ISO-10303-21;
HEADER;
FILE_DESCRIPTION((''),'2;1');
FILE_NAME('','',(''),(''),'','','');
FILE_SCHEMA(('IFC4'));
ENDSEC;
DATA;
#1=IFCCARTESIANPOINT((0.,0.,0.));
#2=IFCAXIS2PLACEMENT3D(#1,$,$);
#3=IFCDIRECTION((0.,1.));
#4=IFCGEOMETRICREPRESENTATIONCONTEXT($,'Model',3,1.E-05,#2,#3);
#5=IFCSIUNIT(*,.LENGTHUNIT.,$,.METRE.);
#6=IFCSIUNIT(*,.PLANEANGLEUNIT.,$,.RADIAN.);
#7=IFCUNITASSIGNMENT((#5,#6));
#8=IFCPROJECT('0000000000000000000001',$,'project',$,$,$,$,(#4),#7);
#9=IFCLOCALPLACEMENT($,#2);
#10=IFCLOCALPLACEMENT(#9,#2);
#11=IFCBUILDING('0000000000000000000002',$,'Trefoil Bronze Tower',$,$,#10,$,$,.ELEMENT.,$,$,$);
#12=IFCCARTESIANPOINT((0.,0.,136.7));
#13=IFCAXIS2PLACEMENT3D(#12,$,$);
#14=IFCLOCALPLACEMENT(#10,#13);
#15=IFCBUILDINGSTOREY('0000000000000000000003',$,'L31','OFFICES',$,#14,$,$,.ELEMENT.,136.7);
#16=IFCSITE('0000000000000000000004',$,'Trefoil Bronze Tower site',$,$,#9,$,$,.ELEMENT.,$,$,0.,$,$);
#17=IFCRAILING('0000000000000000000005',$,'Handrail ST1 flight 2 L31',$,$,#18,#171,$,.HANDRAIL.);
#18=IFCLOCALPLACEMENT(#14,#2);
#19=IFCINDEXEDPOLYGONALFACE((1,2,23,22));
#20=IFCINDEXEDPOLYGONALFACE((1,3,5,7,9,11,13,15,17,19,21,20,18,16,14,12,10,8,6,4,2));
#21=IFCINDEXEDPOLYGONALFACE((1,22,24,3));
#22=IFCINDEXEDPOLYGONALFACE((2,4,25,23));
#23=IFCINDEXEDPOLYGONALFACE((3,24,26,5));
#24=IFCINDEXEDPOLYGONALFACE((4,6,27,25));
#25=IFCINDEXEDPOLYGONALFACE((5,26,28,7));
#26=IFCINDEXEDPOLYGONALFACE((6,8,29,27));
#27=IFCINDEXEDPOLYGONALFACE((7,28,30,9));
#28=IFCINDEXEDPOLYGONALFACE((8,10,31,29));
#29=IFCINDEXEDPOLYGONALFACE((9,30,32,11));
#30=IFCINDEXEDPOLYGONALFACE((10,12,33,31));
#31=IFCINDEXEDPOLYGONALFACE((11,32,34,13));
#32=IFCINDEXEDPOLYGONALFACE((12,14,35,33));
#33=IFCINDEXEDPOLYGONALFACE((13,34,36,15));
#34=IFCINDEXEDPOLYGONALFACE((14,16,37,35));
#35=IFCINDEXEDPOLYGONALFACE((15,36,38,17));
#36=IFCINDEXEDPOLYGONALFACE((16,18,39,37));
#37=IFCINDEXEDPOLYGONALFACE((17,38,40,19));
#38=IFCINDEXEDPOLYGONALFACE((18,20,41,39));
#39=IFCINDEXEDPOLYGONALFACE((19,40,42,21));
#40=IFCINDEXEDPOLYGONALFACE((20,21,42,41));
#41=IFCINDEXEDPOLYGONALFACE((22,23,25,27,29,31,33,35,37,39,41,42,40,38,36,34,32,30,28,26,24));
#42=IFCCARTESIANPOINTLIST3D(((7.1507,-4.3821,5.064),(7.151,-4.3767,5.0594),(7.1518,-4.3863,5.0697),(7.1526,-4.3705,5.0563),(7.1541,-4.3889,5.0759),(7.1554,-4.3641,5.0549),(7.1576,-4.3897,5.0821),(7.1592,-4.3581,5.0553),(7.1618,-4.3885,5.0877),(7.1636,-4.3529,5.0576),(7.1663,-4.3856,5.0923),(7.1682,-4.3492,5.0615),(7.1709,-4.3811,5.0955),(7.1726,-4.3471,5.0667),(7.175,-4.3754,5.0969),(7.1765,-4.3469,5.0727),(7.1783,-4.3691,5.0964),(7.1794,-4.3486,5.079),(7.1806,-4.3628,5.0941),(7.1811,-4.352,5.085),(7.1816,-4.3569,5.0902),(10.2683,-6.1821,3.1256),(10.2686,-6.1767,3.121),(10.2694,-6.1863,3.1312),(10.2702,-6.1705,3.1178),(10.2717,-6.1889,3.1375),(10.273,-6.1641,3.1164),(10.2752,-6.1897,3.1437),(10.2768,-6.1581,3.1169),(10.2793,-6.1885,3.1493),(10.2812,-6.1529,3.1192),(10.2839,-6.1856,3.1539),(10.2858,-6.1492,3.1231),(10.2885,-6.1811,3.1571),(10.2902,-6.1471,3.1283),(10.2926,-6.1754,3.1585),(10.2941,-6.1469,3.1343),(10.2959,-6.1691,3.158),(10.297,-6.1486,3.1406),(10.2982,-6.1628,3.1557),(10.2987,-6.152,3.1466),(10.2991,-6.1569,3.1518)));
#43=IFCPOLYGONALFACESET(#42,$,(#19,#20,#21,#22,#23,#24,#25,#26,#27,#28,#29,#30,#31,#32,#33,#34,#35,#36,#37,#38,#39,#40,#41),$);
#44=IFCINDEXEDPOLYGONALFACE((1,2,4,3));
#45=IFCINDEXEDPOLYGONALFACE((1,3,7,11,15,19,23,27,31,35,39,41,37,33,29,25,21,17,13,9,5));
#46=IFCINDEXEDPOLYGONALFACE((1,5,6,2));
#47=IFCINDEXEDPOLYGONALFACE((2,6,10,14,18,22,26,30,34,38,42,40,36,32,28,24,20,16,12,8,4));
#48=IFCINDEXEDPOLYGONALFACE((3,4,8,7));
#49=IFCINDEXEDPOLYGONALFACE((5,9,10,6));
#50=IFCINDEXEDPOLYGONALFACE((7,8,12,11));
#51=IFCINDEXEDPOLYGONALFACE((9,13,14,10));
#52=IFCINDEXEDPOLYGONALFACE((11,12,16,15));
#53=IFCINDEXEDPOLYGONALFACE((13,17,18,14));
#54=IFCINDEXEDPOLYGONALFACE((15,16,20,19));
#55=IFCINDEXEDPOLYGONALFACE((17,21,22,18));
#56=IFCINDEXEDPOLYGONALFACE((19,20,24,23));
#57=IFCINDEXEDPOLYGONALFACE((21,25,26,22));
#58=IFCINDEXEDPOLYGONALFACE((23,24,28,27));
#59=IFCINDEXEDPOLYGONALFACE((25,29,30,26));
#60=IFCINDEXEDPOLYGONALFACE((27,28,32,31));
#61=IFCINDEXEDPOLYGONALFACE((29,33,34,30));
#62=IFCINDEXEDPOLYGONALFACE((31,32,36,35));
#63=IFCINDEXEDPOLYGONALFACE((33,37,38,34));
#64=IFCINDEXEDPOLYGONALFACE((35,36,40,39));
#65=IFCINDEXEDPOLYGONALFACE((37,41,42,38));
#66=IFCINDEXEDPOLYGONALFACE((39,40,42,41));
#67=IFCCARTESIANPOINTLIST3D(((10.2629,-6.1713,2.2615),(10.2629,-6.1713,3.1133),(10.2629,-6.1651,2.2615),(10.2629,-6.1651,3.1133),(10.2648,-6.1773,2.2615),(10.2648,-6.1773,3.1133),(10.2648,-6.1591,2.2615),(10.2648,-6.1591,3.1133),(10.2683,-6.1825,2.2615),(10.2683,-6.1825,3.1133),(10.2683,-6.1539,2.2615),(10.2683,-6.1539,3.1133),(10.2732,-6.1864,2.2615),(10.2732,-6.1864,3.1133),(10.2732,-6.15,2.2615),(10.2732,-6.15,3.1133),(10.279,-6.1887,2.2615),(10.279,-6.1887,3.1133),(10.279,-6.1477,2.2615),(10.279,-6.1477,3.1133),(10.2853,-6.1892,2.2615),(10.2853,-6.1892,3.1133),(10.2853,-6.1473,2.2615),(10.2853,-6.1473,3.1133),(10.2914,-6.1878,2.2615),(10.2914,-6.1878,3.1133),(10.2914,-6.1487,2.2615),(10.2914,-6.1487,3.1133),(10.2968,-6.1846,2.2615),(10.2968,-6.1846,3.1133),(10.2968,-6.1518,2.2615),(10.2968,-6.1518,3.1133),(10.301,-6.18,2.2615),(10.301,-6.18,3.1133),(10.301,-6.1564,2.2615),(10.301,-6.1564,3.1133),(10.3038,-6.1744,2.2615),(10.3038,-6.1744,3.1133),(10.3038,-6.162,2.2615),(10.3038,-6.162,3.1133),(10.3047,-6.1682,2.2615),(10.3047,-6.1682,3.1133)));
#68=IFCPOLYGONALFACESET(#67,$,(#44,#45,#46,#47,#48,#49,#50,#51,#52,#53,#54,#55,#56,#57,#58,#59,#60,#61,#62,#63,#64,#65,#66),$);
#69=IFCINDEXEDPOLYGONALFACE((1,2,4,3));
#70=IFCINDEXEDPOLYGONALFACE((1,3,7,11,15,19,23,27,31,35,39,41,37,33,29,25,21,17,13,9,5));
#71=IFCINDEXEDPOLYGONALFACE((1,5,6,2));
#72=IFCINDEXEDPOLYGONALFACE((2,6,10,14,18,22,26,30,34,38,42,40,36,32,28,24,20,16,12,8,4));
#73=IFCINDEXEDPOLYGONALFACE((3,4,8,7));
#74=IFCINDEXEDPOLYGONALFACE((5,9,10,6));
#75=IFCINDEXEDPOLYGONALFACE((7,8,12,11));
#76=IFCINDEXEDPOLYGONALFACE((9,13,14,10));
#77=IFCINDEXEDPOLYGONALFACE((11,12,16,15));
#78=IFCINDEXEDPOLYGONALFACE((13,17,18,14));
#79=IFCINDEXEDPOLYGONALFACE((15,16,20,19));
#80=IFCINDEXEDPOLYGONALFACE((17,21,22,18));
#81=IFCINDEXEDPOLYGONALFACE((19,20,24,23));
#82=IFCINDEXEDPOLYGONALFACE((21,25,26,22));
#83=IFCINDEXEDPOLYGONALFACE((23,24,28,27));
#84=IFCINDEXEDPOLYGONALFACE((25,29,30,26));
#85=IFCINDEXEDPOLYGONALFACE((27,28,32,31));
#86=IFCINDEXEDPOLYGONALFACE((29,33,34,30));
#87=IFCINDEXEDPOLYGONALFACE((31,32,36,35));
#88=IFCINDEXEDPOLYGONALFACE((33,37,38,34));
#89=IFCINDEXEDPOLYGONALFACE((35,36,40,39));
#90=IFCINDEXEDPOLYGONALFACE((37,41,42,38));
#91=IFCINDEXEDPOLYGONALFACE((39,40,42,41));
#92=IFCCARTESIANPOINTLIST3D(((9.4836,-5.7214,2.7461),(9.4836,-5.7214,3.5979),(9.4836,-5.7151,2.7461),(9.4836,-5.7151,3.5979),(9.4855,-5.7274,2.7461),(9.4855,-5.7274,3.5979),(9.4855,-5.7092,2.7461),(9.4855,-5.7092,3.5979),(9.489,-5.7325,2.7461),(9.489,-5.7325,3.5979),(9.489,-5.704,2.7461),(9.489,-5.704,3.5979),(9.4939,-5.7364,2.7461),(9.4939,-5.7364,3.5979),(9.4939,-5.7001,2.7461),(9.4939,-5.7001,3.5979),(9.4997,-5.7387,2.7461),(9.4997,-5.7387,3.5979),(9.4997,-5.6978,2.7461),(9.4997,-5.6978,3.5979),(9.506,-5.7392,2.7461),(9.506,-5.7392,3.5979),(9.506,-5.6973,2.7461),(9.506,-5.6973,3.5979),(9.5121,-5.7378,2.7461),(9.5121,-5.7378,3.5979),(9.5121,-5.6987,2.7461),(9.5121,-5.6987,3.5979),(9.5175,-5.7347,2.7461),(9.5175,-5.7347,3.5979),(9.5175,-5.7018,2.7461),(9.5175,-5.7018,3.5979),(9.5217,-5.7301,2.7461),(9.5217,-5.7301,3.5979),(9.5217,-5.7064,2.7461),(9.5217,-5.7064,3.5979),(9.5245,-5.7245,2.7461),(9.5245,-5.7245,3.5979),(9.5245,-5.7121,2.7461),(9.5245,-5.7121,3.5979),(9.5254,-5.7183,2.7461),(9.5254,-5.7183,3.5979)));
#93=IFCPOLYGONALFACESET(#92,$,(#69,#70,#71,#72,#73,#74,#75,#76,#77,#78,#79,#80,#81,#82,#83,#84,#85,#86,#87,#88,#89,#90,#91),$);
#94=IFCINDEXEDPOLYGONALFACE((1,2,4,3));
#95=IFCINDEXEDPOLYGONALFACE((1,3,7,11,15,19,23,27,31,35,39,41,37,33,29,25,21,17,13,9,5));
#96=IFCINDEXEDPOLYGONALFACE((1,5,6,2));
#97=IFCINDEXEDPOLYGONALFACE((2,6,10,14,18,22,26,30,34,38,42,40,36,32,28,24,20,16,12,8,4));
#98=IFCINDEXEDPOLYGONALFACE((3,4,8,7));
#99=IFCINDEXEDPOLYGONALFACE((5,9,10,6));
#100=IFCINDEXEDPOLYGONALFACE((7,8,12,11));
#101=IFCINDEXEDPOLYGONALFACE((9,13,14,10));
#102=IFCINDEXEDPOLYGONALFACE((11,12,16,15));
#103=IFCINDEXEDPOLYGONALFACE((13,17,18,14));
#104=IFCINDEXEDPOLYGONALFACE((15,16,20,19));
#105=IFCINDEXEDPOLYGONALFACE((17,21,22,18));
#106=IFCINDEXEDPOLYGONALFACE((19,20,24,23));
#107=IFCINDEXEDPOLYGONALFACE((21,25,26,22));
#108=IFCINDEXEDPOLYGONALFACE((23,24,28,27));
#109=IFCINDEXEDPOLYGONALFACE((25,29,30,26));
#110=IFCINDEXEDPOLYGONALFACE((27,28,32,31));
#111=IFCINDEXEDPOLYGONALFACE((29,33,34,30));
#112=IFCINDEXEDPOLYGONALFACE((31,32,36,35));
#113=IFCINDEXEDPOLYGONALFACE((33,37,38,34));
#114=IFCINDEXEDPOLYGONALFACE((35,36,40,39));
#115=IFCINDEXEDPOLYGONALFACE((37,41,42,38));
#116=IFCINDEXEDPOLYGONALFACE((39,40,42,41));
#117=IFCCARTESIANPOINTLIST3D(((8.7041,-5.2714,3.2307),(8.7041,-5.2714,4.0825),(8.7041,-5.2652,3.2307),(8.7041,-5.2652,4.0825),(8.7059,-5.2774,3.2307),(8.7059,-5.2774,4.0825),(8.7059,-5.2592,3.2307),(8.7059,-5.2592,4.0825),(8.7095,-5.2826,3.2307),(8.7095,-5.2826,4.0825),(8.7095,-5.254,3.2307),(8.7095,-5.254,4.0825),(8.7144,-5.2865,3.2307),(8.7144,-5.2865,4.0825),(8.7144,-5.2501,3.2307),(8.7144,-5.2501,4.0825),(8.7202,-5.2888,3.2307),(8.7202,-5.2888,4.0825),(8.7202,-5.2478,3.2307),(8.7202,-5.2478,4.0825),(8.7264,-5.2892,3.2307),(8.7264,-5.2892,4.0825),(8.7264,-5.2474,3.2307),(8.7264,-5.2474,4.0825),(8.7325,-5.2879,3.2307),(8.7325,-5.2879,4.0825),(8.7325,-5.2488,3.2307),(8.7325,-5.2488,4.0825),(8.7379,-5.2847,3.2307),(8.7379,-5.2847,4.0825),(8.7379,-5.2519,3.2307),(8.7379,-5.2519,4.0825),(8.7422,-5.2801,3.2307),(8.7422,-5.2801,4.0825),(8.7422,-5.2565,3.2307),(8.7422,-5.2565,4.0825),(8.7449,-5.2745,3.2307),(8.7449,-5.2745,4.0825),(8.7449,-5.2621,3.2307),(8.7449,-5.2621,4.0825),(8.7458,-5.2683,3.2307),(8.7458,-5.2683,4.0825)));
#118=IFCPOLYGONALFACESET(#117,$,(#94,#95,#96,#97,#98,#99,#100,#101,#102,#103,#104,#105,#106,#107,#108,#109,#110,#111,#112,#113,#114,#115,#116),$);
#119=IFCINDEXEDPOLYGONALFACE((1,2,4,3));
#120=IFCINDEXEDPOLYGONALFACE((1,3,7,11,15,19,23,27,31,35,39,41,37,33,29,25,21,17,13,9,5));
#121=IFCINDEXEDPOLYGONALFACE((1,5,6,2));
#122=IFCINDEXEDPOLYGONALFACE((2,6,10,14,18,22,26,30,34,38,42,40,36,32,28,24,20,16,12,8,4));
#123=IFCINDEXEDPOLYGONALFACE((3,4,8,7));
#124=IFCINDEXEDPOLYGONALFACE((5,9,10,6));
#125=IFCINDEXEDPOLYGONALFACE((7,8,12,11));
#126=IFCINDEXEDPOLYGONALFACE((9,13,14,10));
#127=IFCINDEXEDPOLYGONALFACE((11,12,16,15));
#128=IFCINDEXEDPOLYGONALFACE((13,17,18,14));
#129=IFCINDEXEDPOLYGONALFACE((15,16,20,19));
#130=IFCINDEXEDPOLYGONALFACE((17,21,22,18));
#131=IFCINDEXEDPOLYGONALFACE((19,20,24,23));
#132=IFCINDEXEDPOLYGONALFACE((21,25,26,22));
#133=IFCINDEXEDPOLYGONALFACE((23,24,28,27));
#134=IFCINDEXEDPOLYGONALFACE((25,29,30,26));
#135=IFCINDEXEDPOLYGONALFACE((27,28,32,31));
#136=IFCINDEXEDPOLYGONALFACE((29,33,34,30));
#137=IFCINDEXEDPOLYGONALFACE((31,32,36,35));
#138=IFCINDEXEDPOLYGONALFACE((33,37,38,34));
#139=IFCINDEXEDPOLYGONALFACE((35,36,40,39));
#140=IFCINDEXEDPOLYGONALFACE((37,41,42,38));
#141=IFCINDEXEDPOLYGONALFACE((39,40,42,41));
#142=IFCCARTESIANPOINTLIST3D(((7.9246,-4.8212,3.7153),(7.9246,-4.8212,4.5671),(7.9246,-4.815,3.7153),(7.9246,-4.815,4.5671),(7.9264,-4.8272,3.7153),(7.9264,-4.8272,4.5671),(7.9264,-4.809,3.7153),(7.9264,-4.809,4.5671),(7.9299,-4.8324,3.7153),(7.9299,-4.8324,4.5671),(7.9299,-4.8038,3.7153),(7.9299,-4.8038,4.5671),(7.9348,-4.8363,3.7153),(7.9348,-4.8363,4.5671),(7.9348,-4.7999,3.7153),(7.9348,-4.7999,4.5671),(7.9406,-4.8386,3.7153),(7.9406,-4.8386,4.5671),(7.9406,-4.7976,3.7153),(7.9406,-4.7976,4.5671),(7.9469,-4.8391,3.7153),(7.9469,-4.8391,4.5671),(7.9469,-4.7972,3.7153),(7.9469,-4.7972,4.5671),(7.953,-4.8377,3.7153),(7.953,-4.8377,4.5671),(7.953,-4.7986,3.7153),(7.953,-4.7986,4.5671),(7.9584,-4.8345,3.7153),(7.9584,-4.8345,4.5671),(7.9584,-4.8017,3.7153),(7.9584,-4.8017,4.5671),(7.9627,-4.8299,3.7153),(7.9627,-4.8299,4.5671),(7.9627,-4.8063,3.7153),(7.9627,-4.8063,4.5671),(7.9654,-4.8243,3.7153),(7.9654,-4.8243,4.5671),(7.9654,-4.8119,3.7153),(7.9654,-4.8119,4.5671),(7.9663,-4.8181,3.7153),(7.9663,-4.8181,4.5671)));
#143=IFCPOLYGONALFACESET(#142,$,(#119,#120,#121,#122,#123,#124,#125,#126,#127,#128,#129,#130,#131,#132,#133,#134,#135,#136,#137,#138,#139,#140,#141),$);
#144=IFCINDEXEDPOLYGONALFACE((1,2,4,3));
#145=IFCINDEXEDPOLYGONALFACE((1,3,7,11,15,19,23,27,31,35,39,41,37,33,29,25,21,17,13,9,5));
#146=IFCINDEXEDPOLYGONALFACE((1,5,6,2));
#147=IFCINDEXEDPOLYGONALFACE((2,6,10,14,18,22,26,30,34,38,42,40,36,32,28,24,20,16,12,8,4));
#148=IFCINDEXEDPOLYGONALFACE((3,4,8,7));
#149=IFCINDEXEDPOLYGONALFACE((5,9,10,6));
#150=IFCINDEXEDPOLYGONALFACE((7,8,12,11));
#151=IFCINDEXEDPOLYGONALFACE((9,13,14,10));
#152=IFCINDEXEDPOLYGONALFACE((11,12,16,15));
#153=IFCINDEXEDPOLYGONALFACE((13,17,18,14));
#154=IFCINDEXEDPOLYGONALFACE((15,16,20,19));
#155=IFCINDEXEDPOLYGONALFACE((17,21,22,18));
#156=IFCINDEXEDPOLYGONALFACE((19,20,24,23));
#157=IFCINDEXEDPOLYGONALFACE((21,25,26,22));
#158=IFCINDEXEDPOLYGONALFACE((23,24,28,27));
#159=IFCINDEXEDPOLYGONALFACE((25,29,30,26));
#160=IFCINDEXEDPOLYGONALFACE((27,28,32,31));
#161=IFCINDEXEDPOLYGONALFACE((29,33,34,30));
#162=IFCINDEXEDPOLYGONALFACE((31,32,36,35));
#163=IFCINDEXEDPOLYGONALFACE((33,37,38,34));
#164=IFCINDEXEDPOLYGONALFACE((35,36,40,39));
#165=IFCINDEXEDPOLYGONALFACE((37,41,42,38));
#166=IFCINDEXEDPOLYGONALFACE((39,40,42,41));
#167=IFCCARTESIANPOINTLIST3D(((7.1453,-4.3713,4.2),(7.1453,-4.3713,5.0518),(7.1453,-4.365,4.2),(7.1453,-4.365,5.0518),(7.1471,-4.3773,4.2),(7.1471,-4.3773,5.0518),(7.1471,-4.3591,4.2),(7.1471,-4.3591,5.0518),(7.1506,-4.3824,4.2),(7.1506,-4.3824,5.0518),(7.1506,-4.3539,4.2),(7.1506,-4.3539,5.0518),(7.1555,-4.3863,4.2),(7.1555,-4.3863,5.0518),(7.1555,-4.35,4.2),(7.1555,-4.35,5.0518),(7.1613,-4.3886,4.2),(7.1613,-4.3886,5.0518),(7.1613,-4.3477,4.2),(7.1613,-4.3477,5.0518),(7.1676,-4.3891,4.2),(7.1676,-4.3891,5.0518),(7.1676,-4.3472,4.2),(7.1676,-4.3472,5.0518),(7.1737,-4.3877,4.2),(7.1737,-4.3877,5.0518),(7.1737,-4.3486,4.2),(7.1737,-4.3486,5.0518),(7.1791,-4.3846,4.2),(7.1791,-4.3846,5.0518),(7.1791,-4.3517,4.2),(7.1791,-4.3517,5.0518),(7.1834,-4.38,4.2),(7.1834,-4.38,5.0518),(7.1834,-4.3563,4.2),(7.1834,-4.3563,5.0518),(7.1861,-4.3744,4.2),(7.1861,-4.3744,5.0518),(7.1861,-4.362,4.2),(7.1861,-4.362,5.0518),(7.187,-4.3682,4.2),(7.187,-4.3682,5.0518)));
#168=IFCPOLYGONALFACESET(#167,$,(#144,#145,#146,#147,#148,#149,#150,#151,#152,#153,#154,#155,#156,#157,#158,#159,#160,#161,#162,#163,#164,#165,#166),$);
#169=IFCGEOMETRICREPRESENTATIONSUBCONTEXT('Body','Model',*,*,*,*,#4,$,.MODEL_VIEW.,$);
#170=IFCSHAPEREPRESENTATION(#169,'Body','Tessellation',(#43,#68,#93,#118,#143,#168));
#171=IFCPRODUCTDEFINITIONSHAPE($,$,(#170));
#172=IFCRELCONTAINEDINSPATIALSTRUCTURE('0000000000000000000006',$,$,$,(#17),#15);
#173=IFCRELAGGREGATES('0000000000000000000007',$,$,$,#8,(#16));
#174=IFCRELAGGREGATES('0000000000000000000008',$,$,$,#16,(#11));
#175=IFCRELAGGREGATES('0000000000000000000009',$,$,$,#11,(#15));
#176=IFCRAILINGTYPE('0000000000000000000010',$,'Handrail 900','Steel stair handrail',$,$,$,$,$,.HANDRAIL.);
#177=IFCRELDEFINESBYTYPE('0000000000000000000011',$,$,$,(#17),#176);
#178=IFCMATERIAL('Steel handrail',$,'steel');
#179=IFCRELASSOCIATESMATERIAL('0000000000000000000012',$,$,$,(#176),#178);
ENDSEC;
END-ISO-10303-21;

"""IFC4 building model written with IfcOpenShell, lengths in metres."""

from ifc_helpers import new_model, si_unit, direction, frame, origin, origin_2d, place, context, subcontext, project, spatial, circle, extrude, material, type_object, element, save


model = new_model("IFC4")

# Units and contexts
model_context = context("Model", 3, precision=1e-05, world=origin(), true_north=direction((0.0, 1.0)))
body_context = subcontext(model_context, "Body", "Model", "MODEL_VIEW")
ifc_project = project(units=[si_unit("LENGTHUNIT", "METRE"), si_unit("PLANEANGLEUNIT", "RADIAN")], contexts=[model_context])

# Site, building, storey
site_placement = place(None, origin())
site = spatial("IfcSite", under=ifc_project, at=site_placement, Name="Trefoil Bronze Tower site", CompositionType="ELEMENT", RefElevation=0.0)
building_placement = place(site_placement, origin())
building = spatial("IfcBuilding", under=site, at=building_placement, Name="Trefoil Bronze Tower", CompositionType="ELEMENT")
storey_placement = place(building_placement, frame((0.0, 0.0, 136.7)))
storey = spatial("IfcBuildingStorey", under=building, at=storey_placement, Name="L31", Description="OFFICES", CompositionType="ELEMENT", Elevation=136.7)

# Railing
ifc_material_1 = material(Name="Steel handrail", Category="steel")
railing_type = type_object("IfcRailingType", Name="Handrail 900", Description="Steel stair handrail", PredefinedType="HANDRAIL", material=ifc_material_1)
railing_1_placement = place(storey_placement, frame((10.2837, -6.1682, 2.2615)))
element("IfcRailing", 1, at=railing_1_placement, inside=storey, type_object=railing_type, Name="Handrail ST1 flight 2 L31", PredefinedType="HANDRAIL", context=body_context, shape_type="SweptSolid", body=[
    extrude(circle(Radius=0.0239, at=origin_2d()), frame((0.0, 0.0, 0.876), z_axis=(-0.762503, 0.440246, 0.474102), x_axis=(-0.500012, -0.866018, 0.0)), (0.0, 0.0, 1.0), 4.0886),
    extrude(circle(Radius=0.021, at=origin_2d()), origin(), (0.0, 0.0, 1.0), 0.8518),
    extrude(circle(Radius=0.021, at=origin_2d()), frame((-0.7793, 0.45, 0.4846)), (0.0, 0.0, 1.0), 0.8518),
    extrude(circle(Radius=0.021, at=origin_2d()), frame((-1.5588, 0.8999, 0.9692)), (0.0, 0.0, 1.0), 0.8518),
    extrude(circle(Radius=0.021, at=origin_2d()), frame((-2.3384, 1.3501, 1.4539)), (0.0, 0.0, 1.0), 0.8518),
    extrude(circle(Radius=0.021, at=origin_2d()), frame((-3.1177, 1.8, 1.9385)), (0.0, 0.0, 1.0), 0.8518),
])

save(model, "model.ifc")
